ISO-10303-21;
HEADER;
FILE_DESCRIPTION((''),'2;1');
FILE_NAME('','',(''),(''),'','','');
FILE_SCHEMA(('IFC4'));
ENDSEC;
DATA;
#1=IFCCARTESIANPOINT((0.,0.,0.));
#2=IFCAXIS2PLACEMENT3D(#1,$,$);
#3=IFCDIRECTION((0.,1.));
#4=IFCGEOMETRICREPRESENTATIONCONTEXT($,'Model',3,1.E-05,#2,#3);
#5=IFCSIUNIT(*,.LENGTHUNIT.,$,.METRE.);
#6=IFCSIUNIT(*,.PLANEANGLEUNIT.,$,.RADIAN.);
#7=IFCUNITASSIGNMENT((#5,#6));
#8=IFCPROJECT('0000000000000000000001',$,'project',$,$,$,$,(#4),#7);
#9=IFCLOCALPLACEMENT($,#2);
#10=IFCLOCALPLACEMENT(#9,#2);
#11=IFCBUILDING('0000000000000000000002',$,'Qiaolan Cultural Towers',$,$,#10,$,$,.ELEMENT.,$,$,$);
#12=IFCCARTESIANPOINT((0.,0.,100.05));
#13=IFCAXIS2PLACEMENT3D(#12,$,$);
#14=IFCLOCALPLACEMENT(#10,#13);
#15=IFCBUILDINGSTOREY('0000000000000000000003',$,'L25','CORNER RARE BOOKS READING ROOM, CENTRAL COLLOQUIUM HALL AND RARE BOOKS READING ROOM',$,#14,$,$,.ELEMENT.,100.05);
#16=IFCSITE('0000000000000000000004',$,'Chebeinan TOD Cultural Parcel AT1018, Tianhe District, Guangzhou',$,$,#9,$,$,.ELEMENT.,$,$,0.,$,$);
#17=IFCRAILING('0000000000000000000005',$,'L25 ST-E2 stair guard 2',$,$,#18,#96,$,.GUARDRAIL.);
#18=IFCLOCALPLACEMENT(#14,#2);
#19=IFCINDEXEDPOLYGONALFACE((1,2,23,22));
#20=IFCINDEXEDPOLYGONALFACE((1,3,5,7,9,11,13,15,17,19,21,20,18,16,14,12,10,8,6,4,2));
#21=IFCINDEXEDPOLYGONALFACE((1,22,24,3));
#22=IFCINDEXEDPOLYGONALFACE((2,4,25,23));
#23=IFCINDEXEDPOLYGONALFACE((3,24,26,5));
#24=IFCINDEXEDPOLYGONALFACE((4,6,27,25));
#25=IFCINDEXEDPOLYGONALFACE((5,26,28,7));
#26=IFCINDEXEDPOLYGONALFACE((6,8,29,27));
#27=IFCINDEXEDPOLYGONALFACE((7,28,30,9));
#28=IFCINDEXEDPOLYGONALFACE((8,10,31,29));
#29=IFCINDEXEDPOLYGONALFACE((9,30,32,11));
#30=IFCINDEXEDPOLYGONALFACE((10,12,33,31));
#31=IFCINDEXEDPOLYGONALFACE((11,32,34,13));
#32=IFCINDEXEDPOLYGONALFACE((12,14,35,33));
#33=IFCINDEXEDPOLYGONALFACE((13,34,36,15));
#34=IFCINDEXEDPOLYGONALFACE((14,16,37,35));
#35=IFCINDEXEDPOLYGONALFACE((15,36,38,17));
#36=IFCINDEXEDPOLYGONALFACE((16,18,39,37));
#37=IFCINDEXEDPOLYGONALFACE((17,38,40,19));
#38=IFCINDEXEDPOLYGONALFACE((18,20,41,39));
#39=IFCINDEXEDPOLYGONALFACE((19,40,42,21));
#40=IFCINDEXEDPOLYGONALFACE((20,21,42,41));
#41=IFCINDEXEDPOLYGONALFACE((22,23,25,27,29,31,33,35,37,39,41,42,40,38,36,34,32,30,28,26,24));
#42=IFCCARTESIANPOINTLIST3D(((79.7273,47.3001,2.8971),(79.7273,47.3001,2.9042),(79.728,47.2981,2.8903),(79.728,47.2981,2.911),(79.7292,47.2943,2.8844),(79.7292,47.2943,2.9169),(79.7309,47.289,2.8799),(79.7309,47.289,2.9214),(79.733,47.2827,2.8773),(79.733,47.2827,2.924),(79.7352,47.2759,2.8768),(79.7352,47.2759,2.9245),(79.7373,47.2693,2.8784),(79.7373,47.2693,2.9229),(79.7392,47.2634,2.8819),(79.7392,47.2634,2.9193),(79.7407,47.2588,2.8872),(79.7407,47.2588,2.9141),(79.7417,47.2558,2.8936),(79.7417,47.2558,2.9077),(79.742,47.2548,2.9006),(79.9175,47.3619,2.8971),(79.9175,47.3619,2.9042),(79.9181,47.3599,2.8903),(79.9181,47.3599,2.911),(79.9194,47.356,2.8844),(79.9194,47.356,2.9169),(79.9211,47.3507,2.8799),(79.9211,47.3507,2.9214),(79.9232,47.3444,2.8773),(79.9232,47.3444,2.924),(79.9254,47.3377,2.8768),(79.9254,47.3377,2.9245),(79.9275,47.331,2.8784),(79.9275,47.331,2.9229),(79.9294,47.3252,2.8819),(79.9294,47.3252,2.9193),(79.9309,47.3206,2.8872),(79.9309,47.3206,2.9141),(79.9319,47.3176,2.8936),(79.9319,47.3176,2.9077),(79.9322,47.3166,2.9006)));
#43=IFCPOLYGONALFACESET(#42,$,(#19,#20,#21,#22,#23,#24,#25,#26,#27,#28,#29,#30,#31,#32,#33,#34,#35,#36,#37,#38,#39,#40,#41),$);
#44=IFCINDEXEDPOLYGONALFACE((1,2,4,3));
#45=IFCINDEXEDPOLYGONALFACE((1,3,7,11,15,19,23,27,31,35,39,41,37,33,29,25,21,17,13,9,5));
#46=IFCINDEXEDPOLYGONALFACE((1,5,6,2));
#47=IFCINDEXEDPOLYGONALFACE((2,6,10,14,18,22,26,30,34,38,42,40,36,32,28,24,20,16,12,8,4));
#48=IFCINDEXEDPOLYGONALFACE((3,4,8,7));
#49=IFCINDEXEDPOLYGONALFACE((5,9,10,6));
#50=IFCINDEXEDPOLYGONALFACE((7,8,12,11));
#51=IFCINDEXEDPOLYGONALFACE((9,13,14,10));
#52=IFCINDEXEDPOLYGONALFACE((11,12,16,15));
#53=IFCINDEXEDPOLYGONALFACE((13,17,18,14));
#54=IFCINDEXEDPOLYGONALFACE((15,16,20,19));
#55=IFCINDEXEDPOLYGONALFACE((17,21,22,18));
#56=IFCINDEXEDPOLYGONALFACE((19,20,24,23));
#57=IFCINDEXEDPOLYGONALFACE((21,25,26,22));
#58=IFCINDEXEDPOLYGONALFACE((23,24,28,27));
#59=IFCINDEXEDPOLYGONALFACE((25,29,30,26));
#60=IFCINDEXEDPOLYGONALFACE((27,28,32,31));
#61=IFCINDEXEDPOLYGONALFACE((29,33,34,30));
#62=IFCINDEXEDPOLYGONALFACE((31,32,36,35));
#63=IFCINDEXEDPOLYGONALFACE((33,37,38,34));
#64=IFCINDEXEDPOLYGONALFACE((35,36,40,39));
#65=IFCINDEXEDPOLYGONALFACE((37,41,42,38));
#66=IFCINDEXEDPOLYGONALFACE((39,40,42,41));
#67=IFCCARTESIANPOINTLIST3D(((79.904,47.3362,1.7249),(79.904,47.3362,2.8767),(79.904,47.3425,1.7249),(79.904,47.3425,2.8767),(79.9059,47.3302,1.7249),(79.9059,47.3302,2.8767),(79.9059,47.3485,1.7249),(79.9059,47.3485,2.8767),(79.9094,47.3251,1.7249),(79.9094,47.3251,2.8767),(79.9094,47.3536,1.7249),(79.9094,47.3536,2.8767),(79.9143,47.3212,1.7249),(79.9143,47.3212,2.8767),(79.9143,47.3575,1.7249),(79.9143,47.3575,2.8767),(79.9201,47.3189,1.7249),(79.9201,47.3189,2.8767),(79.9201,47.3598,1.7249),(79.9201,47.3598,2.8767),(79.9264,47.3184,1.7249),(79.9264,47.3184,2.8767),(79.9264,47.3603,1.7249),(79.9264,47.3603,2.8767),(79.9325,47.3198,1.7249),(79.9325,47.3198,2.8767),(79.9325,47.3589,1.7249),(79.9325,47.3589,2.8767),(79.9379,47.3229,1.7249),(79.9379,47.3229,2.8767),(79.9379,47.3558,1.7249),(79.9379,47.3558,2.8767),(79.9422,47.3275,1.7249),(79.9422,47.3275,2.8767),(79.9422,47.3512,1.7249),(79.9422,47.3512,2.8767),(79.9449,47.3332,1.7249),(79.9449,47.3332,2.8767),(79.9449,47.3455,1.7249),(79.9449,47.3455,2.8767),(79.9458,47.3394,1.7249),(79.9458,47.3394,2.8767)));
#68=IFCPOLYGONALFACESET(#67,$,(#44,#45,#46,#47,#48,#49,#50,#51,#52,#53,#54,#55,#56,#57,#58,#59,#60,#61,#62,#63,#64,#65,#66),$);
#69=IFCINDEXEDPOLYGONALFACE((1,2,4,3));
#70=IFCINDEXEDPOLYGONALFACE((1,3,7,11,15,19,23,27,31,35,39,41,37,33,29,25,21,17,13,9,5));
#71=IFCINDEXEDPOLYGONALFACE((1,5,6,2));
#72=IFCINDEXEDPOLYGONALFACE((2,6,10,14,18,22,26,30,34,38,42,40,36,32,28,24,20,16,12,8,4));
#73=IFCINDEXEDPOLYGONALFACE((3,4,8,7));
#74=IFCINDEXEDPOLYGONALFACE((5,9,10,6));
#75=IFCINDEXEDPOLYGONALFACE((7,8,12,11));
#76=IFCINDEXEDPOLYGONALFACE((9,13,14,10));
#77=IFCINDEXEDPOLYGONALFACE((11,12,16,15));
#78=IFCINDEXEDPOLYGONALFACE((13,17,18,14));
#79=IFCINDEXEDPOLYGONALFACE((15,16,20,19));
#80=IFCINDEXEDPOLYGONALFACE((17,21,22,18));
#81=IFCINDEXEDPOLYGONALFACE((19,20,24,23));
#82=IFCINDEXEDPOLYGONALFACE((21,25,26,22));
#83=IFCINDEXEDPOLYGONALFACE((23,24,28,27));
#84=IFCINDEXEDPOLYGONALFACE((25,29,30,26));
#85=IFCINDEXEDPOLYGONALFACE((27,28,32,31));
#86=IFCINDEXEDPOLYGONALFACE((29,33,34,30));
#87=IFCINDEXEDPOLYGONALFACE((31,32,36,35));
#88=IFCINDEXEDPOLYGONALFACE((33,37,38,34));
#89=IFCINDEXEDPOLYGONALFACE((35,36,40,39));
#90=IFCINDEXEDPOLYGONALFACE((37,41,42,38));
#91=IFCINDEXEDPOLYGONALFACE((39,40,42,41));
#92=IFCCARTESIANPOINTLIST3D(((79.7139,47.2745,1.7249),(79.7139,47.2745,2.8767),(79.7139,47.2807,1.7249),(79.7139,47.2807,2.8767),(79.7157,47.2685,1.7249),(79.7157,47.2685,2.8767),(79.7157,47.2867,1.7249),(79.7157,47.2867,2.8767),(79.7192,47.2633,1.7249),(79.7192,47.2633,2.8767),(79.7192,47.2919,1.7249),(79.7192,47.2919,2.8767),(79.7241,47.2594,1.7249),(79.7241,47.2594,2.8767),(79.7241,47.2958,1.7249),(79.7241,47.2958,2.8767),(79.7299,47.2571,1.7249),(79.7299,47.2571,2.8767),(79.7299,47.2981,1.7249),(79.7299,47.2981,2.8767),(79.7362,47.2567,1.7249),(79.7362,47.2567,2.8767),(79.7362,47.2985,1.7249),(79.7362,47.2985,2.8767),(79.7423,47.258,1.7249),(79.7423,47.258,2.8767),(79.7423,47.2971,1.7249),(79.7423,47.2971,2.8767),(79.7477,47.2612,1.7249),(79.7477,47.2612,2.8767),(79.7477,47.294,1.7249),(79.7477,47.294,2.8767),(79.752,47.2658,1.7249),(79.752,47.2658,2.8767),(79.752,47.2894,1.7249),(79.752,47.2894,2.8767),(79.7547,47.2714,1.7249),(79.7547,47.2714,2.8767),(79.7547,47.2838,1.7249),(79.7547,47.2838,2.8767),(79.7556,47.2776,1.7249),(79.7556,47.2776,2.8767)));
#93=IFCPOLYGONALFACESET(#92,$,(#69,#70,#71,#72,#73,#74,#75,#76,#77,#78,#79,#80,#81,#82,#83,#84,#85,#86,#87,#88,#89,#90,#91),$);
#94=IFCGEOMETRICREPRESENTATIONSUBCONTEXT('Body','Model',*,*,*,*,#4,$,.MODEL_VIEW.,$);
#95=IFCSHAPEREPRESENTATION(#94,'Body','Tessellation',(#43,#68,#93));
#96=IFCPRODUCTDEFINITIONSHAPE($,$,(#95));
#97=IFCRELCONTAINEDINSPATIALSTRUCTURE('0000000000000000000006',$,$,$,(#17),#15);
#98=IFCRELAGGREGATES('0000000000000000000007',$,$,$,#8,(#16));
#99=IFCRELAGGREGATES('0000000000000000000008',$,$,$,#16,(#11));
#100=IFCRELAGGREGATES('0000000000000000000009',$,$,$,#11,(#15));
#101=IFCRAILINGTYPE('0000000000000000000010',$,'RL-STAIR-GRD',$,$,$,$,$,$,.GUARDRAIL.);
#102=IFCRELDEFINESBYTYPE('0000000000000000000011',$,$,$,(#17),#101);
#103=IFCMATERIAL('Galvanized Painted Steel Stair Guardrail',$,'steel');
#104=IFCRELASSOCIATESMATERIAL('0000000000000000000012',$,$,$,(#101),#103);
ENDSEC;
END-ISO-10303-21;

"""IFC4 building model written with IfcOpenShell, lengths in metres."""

from ifc_helpers import new_model, si_unit, direction, frame, origin, origin_2d, place, context, subcontext, project, spatial, circle, extrude, material, type_object, element, save


model = new_model("IFC4")

# Units and contexts
model_context = context("Model", 3, precision=1e-05, world=origin(), true_north=direction((0.0, 1.0)))
body_context = subcontext(model_context, "Body", "Model", "MODEL_VIEW")
ifc_project = project(units=[si_unit("LENGTHUNIT", "METRE"), si_unit("PLANEANGLEUNIT", "RADIAN")], contexts=[model_context])

# Site, building, storey
site_placement = place(None, origin())
site = spatial("IfcSite", under=ifc_project, at=site_placement, Name="Chebeinan TOD Cultural Parcel AT1018, Tianhe District, Guangzhou", CompositionType="ELEMENT", RefElevation=0.0)
building_placement = place(site_placement, origin())
building = spatial("IfcBuilding", under=site, at=building_placement, Name="Qiaolan Cultural Towers", CompositionType="ELEMENT")
storey_placement = place(building_placement, frame((0.0, 0.0, 100.05)))
storey = spatial("IfcBuildingStorey", under=building, at=storey_placement, Name="L25", Description="CORNER RARE BOOKS READING ROOM, CENTRAL COLLOQUIUM HALL AND RARE BOOKS READING ROOM", CompositionType="ELEMENT", Elevation=100.05)

# Railing
ifc_material_1 = material(Name="Galvanized Painted Steel Stair Guardrail", Category="steel")
railing_type_1 = type_object("IfcRailingType", Name="RL-STAIR-GRD", PredefinedType="GUARDRAIL", material=ifc_material_1)
railing_1_placement = place(storey_placement, frame((79.9248, 47.3394, 1.7249)))
element("IfcRailing", 1, at=railing_1_placement, inside=storey, type_object=railing_type_1, Name="L25 ST-E2 stair guard 2", PredefinedType="GUARDRAIL", context=body_context, shape_type="SweptSolid", body=[
    extrude(circle(Radius=0.0239, at=origin_2d()), frame((0.0, 0.0, 1.1758), z_axis=(-0.951097, -0.308893, 0.0), x_axis=(0.308893, -0.951097, 0.0)), (0.0, 0.0, 1.0), 0.2),
    extrude(circle(Radius=0.021, at=origin_2d()), origin(), (0.0, 0.0, 1.0), 1.1519),
    extrude(circle(Radius=0.021, at=origin_2d()), frame((-0.1902, -0.0618, 0.0)), (0.0, 0.0, 1.0), 1.1519),
])

save(model, "model.ifc")
